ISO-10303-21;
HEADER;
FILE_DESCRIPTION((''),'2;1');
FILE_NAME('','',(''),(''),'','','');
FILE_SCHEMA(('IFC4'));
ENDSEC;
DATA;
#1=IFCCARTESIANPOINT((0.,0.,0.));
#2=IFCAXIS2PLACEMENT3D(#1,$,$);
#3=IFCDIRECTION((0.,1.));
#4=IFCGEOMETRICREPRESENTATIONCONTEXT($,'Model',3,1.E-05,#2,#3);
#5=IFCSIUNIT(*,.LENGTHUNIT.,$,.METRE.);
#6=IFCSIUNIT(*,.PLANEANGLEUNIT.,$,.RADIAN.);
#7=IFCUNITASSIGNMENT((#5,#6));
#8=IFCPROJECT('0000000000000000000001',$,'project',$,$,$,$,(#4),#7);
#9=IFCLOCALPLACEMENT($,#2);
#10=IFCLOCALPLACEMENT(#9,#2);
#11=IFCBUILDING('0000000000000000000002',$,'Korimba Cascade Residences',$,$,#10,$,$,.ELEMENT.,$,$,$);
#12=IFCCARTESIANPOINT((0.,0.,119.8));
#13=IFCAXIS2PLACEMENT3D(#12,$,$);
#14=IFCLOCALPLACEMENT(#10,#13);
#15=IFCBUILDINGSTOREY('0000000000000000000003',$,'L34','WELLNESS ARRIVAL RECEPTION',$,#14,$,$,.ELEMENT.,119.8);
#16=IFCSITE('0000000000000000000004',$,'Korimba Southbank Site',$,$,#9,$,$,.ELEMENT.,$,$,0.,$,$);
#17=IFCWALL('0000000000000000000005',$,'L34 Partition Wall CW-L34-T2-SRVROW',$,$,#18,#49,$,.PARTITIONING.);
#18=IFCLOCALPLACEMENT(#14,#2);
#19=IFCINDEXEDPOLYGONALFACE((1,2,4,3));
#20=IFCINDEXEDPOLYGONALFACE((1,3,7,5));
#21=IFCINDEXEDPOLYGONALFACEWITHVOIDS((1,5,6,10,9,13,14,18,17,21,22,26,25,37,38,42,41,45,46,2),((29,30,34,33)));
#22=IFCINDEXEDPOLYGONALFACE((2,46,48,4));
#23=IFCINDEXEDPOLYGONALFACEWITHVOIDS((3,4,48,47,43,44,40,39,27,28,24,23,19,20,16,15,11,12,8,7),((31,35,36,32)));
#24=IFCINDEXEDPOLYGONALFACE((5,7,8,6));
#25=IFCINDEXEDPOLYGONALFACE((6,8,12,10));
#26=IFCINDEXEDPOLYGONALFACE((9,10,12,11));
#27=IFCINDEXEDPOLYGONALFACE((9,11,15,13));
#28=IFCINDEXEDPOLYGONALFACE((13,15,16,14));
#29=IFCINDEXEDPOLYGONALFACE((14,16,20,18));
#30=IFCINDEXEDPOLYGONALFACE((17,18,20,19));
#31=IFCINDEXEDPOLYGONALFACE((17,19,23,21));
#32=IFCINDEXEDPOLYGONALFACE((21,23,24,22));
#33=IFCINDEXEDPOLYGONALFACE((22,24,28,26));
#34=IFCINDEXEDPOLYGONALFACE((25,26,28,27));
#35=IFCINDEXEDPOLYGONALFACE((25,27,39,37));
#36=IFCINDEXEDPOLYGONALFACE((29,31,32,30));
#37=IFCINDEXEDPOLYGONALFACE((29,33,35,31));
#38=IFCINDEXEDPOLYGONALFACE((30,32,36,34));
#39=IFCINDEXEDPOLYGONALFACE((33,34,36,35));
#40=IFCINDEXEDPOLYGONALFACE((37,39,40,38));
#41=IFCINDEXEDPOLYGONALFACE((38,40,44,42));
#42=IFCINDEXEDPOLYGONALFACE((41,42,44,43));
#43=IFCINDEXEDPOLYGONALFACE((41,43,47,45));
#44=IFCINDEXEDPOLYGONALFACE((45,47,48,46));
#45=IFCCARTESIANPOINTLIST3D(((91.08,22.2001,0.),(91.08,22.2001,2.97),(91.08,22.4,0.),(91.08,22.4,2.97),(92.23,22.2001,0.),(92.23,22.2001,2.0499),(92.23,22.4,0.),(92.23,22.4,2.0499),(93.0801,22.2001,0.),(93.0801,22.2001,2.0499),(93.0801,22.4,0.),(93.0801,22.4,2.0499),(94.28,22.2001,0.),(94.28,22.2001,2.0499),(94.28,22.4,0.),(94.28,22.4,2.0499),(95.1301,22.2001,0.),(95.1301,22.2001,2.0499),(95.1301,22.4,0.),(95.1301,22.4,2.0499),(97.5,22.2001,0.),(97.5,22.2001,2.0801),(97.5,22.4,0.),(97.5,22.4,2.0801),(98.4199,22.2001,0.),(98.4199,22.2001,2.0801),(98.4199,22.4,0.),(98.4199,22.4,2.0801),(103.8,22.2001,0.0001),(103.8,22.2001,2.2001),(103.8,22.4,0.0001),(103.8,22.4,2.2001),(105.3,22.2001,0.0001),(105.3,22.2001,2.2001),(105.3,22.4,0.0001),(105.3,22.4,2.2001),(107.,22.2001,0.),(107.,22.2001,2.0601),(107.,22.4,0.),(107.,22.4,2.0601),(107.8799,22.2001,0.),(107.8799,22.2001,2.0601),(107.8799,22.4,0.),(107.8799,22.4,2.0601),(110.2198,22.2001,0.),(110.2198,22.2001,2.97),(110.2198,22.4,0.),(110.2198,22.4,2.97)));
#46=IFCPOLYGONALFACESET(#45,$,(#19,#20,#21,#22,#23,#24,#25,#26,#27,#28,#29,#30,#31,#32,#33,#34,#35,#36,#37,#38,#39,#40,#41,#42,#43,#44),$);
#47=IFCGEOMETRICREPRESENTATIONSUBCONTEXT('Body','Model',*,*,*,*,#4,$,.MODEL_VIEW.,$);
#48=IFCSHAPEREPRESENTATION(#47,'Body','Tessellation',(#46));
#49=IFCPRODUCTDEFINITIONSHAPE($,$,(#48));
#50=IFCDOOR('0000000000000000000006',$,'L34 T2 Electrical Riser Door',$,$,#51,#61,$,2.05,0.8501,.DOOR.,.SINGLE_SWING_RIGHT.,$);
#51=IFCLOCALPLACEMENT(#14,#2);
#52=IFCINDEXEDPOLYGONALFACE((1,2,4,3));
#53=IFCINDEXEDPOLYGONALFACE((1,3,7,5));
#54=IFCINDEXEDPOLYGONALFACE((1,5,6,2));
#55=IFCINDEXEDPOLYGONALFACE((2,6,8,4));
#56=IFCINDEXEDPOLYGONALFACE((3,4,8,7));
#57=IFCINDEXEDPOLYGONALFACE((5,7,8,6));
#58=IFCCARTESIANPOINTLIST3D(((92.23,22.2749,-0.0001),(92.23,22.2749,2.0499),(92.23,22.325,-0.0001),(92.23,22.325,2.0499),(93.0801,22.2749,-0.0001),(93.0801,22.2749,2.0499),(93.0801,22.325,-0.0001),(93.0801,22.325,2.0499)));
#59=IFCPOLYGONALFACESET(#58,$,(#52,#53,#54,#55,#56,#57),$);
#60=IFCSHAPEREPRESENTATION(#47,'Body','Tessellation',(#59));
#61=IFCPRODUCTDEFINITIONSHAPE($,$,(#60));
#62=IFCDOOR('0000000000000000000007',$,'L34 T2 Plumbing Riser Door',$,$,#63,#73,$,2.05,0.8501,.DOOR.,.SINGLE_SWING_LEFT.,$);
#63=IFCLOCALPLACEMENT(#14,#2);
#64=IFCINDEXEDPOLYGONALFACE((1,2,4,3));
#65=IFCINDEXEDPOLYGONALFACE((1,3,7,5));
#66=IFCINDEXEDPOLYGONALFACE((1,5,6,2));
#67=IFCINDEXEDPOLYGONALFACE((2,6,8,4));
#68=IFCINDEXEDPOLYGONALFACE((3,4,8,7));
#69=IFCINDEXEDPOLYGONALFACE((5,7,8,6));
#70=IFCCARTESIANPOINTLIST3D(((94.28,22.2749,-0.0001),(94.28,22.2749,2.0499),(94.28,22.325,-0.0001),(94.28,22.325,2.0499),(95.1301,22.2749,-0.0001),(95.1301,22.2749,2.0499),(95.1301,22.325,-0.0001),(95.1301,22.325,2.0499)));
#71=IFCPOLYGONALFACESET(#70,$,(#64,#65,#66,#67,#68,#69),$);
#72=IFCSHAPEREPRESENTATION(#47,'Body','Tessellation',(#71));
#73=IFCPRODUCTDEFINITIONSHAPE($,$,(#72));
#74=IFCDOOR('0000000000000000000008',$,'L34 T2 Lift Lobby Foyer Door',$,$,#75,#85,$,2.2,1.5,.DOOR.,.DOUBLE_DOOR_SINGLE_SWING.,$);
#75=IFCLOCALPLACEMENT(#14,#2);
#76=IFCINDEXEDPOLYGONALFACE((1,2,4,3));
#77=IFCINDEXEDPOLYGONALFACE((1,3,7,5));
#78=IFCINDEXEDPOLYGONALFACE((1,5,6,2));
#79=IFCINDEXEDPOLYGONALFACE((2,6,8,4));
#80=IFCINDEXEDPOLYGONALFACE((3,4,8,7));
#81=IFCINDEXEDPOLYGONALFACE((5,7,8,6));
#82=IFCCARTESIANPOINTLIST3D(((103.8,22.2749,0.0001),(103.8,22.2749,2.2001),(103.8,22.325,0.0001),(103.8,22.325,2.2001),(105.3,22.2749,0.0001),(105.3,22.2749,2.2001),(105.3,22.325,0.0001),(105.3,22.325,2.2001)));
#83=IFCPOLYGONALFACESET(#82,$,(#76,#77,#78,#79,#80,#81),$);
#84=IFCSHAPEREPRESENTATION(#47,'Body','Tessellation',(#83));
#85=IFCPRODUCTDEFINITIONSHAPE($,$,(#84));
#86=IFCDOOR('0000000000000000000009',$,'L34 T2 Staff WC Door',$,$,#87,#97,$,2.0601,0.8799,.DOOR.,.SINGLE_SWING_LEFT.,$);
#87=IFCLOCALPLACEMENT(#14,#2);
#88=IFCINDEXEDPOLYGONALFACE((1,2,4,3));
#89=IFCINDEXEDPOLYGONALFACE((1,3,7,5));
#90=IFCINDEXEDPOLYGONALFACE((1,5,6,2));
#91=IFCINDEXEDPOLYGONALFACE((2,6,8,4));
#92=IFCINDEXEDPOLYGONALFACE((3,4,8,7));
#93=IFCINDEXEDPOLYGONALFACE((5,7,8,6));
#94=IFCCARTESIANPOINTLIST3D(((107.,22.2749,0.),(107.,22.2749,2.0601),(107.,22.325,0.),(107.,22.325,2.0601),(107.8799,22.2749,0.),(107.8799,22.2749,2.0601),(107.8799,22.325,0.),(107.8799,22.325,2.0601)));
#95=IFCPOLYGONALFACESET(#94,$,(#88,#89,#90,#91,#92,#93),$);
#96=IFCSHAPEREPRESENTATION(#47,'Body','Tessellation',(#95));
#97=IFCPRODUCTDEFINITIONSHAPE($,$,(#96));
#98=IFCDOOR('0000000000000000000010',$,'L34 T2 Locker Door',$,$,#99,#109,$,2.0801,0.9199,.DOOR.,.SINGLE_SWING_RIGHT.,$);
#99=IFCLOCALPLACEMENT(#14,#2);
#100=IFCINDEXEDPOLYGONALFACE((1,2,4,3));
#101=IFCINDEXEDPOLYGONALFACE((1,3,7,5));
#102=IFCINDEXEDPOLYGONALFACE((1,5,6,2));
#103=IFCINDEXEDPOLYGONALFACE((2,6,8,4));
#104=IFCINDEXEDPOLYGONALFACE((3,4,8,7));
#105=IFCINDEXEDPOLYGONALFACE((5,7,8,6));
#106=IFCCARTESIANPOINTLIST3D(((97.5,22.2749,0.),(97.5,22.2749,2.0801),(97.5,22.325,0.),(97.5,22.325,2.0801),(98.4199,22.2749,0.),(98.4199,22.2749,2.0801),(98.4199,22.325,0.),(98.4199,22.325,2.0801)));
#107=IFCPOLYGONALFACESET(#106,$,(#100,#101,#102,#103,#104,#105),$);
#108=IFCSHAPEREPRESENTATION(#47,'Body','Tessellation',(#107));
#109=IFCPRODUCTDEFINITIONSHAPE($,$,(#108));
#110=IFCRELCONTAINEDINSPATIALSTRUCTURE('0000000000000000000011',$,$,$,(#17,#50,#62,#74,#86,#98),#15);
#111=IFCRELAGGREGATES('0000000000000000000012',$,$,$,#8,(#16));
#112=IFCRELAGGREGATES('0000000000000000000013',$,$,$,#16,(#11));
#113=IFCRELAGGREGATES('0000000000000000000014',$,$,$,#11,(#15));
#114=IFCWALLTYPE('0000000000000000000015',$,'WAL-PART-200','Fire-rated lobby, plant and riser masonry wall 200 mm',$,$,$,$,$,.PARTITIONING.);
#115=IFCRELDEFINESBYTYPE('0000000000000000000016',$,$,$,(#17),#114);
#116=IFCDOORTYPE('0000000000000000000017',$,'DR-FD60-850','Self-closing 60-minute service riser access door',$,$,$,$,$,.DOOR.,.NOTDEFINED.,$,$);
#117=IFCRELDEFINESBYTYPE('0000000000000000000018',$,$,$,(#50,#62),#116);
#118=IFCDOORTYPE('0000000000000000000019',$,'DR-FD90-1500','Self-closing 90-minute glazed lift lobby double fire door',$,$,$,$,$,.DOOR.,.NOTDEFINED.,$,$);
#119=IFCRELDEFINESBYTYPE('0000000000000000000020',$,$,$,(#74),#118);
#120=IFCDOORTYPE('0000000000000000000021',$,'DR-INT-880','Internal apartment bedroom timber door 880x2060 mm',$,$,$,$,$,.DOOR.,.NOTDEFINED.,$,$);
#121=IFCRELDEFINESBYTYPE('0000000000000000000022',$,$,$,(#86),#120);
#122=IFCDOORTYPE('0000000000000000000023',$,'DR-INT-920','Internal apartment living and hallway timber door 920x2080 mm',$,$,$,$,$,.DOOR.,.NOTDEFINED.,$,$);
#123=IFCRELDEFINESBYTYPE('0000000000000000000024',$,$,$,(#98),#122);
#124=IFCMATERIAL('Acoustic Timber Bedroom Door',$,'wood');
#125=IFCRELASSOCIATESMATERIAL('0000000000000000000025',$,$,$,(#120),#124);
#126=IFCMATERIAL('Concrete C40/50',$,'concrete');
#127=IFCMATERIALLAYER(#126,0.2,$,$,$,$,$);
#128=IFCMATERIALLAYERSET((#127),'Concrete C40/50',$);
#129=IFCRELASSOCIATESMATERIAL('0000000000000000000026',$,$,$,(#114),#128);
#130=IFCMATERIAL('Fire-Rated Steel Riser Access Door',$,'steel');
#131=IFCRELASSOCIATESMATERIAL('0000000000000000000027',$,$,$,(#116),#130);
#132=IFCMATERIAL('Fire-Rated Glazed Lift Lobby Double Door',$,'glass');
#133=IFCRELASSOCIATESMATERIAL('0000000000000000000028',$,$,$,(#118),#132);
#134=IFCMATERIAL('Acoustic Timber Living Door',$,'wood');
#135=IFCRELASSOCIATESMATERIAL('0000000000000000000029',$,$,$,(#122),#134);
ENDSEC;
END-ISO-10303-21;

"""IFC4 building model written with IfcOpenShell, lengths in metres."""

from ifc_helpers import new_model, si_unit, direction, frame, frame_2d, origin, place, context, subcontext, project, spatial, rectangle, extrude, material, layer, layer_set, type_object, element, fill, save


model = new_model("IFC4")

# Units and contexts
model_context = context("Model", 3, precision=1e-05, world=origin(), true_north=direction((0.0, 1.0)))
body_context = subcontext(model_context, "Body", "Model", "MODEL_VIEW")
ifc_project = project(units=[si_unit("LENGTHUNIT", "METRE"), si_unit("PLANEANGLEUNIT", "RADIAN")], contexts=[model_context])

# Site, building, storey
site_placement = place(None, origin())
site = spatial("IfcSite", under=ifc_project, at=site_placement, Name="Korimba Southbank Site", CompositionType="ELEMENT", RefElevation=0.0)
building_placement = place(site_placement, origin())
building = spatial("IfcBuilding", under=site, at=building_placement, Name="Korimba Cascade Residences", CompositionType="ELEMENT")
storey_placement = place(building_placement, frame((0.0, 0.0, 119.8)))
storey = spatial("IfcBuildingStorey", under=building, at=storey_placement, Name="L34", Description="WELLNESS ARRIVAL RECEPTION", CompositionType="ELEMENT", Elevation=119.8)

# Shared definitions
ifc_material_1 = material(Name="Acoustic Timber Bedroom Door", Category="wood")
door_type_1 = type_object("IfcDoorType", Name="DR-INT-880", Description="Internal apartment bedroom timber door 880x2060 mm", OperationType="NOTDEFINED", PredefinedType="DOOR", material=ifc_material_1)

# Shared definitions
ifc_material_2 = material(Name="Concrete C40/50", Category="concrete")
ifc_layer_1 = layer(ifc_material_2, 0.2)
ifc_layer_set_1 = layer_set([ifc_layer_1], Name="Concrete C40/50")
wall_type_1 = type_object("IfcWallType", Name="WAL-PART-200", Description="Fire-rated lobby, plant and riser masonry wall 200 mm", PredefinedType="PARTITIONING", material=ifc_layer_set_1)

# Wall, openings, doors
wall_1_placement = place(storey_placement, frame((91.0801, 22.3, 0.0), z_axis=(0.0, 0.0, 1.0), x_axis=(1.0, 0.0, 0.0)))
wall_1 = element("IfcWall", 1, at=wall_1_placement, inside=storey, type_object=wall_type_1, Name="L34 Partition Wall CW-L34-T2-SRVROW", PredefinedType="PARTITIONING", context=body_context, shape_type="SweptSolid", body=[
    extrude(rectangle(XDim=19.1399, YDim=0.2, at=frame_2d((9.5698, 0.0))), origin(), (0.0, 0.0, 1.0), 2.97),
])
opening_1_placement = place(wall_1_placement, frame((1.1499, 0.0, 0.0)))
opening_1 = element("IfcOpeningElement", 2, at=opening_1_placement, cuts=wall_1, PredefinedType="OPENING", context=body_context, shape_type="SweptSolid", body=[
    extrude(rectangle(XDim=0.8501, YDim=2.05, at=frame_2d((0.425, 1.0249))), frame((0.0, 0.1099, 0.0), z_axis=(0.0, -1.0, 0.0), x_axis=(1.0, 0.0, 0.0)), (0.0, 0.0, 1.0), 0.22),
])
opening_2_placement = place(wall_1_placement, frame((3.2, 0.0, 0.0)))
opening_2 = element("IfcOpeningElement", 3, at=opening_2_placement, cuts=wall_1, PredefinedType="OPENING", context=body_context, shape_type="SweptSolid", body=[
    extrude(rectangle(XDim=0.8501, YDim=2.05, at=frame_2d((0.425, 1.0249))), frame((0.0, 0.1099, 0.0), z_axis=(0.0, -1.0, 0.0), x_axis=(1.0, 0.0, 0.0)), (0.0, 0.0, 1.0), 0.22),
])
opening_3_placement = place(wall_1_placement, frame((12.72, 0.0, 0.0)))
opening_3 = element("IfcOpeningElement", 4, at=opening_3_placement, cuts=wall_1, PredefinedType="OPENING", context=body_context, shape_type="SweptSolid", body=[
    extrude(rectangle(XDim=1.5, YDim=2.2, at=frame_2d((0.75, 1.1001))), frame((0.0, 0.1099, 0.0), z_axis=(0.0, -1.0, 0.0), x_axis=(1.0, 0.0, 0.0)), (0.0, 0.0, 1.0), 0.22),
])
opening_4_placement = place(wall_1_placement, frame((6.4199, 0.0, 0.0)))
opening_4 = element("IfcOpeningElement", 5, at=opening_4_placement, cuts=wall_1, PredefinedType="OPENING", context=body_context, shape_type="SweptSolid", body=[
    extrude(rectangle(XDim=0.9199, YDim=2.0801, at=frame_2d((0.46, 1.04))), frame((0.0, 0.1099, 0.0), z_axis=(0.0, -1.0, 0.0), x_axis=(1.0, 0.0, 0.0)), (0.0, 0.0, 1.0), 0.22),
])
opening_5_placement = place(wall_1_placement, frame((15.9199, 0.0, 0.0)))
opening_5 = element("IfcOpeningElement", 6, at=opening_5_placement, cuts=wall_1, PredefinedType="OPENING", context=body_context, shape_type="SweptSolid", body=[
    extrude(rectangle(XDim=0.8799, YDim=2.0601, at=frame_2d((0.4399, 1.03))), frame((0.0, 0.1099, 0.0), z_axis=(0.0, -1.0, 0.0), x_axis=(1.0, 0.0, 0.0)), (0.0, 0.0, 1.0), 0.22),
])
ifc_material_3 = material(Name="Fire-Rated Steel Riser Access Door", Category="steel")
door_type_2 = type_object("IfcDoorType", Name="DR-FD60-850", Description="Self-closing 60-minute service riser access door", OperationType="NOTDEFINED", PredefinedType="DOOR", material=ifc_material_3)
door_1_placement = place(opening_1_placement, origin())
door_1 = element("IfcDoor", 7, at=door_1_placement, inside=storey, type_object=door_type_2, Name="L34 T2 Electrical Riser Door", OperationType="SINGLE_SWING_RIGHT", OverallHeight=2.05, OverallWidth=0.8501, PredefinedType="DOOR", context=body_context, shape_type="SweptSolid", body=[
    extrude(rectangle(XDim=0.8501, YDim=2.05, at=frame_2d((0.425, 1.0249))), frame((0.0, 0.0249, 0.0), z_axis=(0.0, -1.0, 0.0), x_axis=(1.0, 0.0, 0.0)), (0.0, 0.0, 1.0), 0.05),
])
fill(opening_1, door_1)
door_2_placement = place(opening_2_placement, origin())
door_2 = element("IfcDoor", 8, at=door_2_placement, inside=storey, type_object=door_type_2, Name="L34 T2 Plumbing Riser Door", OperationType="SINGLE_SWING_LEFT", OverallHeight=2.05, OverallWidth=0.8501, PredefinedType="DOOR", context=body_context, shape_type="SweptSolid", body=[
    extrude(rectangle(XDim=0.8501, YDim=2.05, at=frame_2d((0.425, 1.0249))), frame((0.0, 0.0249, 0.0), z_axis=(0.0, -1.0, 0.0), x_axis=(1.0, 0.0, 0.0)), (0.0, 0.0, 1.0), 0.05),
])
fill(opening_2, door_2)
ifc_material_4 = material(Name="Fire-Rated Glazed Lift Lobby Double Door", Category="glass")
door_type_3 = type_object("IfcDoorType", Name="DR-FD90-1500", Description="Self-closing 90-minute glazed lift lobby double fire door", OperationType="NOTDEFINED", PredefinedType="DOOR", material=ifc_material_4)
door_3_placement = place(opening_3_placement, origin())
door_3 = element("IfcDoor", 9, at=door_3_placement, inside=storey, type_object=door_type_3, Name="L34 T2 Lift Lobby Foyer Door", OperationType="DOUBLE_DOOR_SINGLE_SWING", OverallHeight=2.2, OverallWidth=1.5, PredefinedType="DOOR", context=body_context, shape_type="SweptSolid", body=[
    extrude(rectangle(XDim=1.5, YDim=2.2, at=frame_2d((0.75, 1.1001))), frame((0.0, 0.0249, 0.0), z_axis=(0.0, -1.0, 0.0), x_axis=(1.0, 0.0, 0.0)), (0.0, 0.0, 1.0), 0.05),
])
fill(opening_3, door_3)
door_4_placement = place(opening_5_placement, origin())
door_4 = element("IfcDoor", 10, at=door_4_placement, inside=storey, type_object=door_type_1, Name="L34 T2 Staff WC Door", OperationType="SINGLE_SWING_LEFT", OverallHeight=2.0601, OverallWidth=0.8799, PredefinedType="DOOR", context=body_context, shape_type="SweptSolid", body=[
    extrude(rectangle(XDim=0.8799, YDim=2.0601, at=frame_2d((0.4399, 1.03))), frame((0.0, 0.0249, 0.0), z_axis=(0.0, -1.0, 0.0), x_axis=(1.0, 0.0, 0.0)), (0.0, 0.0, 1.0), 0.05),
])
fill(opening_5, door_4)
ifc_material_5 = material(Name="Acoustic Timber Living Door", Category="wood")
door_type_4 = type_object("IfcDoorType", Name="DR-INT-920", Description="Internal apartment living and hallway timber door 920x2080 mm", OperationType="NOTDEFINED", PredefinedType="DOOR", material=ifc_material_5)
door_5_placement = place(opening_4_placement, origin())
door_5 = element("IfcDoor", 11, at=door_5_placement, inside=storey, type_object=door_type_4, Name="L34 T2 Locker Door", OperationType="SINGLE_SWING_RIGHT", OverallHeight=2.0801, OverallWidth=0.9199, PredefinedType="DOOR", context=body_context, shape_type="SweptSolid", body=[
    extrude(rectangle(XDim=0.9199, YDim=2.0801, at=frame_2d((0.46, 1.04))), frame((0.0, 0.0249, 0.0), z_axis=(0.0, -1.0, 0.0), x_axis=(1.0, 0.0, 0.0)), (0.0, 0.0, 1.0), 0.05),
])
fill(opening_4, door_5)

save(model, "model.ifc")
